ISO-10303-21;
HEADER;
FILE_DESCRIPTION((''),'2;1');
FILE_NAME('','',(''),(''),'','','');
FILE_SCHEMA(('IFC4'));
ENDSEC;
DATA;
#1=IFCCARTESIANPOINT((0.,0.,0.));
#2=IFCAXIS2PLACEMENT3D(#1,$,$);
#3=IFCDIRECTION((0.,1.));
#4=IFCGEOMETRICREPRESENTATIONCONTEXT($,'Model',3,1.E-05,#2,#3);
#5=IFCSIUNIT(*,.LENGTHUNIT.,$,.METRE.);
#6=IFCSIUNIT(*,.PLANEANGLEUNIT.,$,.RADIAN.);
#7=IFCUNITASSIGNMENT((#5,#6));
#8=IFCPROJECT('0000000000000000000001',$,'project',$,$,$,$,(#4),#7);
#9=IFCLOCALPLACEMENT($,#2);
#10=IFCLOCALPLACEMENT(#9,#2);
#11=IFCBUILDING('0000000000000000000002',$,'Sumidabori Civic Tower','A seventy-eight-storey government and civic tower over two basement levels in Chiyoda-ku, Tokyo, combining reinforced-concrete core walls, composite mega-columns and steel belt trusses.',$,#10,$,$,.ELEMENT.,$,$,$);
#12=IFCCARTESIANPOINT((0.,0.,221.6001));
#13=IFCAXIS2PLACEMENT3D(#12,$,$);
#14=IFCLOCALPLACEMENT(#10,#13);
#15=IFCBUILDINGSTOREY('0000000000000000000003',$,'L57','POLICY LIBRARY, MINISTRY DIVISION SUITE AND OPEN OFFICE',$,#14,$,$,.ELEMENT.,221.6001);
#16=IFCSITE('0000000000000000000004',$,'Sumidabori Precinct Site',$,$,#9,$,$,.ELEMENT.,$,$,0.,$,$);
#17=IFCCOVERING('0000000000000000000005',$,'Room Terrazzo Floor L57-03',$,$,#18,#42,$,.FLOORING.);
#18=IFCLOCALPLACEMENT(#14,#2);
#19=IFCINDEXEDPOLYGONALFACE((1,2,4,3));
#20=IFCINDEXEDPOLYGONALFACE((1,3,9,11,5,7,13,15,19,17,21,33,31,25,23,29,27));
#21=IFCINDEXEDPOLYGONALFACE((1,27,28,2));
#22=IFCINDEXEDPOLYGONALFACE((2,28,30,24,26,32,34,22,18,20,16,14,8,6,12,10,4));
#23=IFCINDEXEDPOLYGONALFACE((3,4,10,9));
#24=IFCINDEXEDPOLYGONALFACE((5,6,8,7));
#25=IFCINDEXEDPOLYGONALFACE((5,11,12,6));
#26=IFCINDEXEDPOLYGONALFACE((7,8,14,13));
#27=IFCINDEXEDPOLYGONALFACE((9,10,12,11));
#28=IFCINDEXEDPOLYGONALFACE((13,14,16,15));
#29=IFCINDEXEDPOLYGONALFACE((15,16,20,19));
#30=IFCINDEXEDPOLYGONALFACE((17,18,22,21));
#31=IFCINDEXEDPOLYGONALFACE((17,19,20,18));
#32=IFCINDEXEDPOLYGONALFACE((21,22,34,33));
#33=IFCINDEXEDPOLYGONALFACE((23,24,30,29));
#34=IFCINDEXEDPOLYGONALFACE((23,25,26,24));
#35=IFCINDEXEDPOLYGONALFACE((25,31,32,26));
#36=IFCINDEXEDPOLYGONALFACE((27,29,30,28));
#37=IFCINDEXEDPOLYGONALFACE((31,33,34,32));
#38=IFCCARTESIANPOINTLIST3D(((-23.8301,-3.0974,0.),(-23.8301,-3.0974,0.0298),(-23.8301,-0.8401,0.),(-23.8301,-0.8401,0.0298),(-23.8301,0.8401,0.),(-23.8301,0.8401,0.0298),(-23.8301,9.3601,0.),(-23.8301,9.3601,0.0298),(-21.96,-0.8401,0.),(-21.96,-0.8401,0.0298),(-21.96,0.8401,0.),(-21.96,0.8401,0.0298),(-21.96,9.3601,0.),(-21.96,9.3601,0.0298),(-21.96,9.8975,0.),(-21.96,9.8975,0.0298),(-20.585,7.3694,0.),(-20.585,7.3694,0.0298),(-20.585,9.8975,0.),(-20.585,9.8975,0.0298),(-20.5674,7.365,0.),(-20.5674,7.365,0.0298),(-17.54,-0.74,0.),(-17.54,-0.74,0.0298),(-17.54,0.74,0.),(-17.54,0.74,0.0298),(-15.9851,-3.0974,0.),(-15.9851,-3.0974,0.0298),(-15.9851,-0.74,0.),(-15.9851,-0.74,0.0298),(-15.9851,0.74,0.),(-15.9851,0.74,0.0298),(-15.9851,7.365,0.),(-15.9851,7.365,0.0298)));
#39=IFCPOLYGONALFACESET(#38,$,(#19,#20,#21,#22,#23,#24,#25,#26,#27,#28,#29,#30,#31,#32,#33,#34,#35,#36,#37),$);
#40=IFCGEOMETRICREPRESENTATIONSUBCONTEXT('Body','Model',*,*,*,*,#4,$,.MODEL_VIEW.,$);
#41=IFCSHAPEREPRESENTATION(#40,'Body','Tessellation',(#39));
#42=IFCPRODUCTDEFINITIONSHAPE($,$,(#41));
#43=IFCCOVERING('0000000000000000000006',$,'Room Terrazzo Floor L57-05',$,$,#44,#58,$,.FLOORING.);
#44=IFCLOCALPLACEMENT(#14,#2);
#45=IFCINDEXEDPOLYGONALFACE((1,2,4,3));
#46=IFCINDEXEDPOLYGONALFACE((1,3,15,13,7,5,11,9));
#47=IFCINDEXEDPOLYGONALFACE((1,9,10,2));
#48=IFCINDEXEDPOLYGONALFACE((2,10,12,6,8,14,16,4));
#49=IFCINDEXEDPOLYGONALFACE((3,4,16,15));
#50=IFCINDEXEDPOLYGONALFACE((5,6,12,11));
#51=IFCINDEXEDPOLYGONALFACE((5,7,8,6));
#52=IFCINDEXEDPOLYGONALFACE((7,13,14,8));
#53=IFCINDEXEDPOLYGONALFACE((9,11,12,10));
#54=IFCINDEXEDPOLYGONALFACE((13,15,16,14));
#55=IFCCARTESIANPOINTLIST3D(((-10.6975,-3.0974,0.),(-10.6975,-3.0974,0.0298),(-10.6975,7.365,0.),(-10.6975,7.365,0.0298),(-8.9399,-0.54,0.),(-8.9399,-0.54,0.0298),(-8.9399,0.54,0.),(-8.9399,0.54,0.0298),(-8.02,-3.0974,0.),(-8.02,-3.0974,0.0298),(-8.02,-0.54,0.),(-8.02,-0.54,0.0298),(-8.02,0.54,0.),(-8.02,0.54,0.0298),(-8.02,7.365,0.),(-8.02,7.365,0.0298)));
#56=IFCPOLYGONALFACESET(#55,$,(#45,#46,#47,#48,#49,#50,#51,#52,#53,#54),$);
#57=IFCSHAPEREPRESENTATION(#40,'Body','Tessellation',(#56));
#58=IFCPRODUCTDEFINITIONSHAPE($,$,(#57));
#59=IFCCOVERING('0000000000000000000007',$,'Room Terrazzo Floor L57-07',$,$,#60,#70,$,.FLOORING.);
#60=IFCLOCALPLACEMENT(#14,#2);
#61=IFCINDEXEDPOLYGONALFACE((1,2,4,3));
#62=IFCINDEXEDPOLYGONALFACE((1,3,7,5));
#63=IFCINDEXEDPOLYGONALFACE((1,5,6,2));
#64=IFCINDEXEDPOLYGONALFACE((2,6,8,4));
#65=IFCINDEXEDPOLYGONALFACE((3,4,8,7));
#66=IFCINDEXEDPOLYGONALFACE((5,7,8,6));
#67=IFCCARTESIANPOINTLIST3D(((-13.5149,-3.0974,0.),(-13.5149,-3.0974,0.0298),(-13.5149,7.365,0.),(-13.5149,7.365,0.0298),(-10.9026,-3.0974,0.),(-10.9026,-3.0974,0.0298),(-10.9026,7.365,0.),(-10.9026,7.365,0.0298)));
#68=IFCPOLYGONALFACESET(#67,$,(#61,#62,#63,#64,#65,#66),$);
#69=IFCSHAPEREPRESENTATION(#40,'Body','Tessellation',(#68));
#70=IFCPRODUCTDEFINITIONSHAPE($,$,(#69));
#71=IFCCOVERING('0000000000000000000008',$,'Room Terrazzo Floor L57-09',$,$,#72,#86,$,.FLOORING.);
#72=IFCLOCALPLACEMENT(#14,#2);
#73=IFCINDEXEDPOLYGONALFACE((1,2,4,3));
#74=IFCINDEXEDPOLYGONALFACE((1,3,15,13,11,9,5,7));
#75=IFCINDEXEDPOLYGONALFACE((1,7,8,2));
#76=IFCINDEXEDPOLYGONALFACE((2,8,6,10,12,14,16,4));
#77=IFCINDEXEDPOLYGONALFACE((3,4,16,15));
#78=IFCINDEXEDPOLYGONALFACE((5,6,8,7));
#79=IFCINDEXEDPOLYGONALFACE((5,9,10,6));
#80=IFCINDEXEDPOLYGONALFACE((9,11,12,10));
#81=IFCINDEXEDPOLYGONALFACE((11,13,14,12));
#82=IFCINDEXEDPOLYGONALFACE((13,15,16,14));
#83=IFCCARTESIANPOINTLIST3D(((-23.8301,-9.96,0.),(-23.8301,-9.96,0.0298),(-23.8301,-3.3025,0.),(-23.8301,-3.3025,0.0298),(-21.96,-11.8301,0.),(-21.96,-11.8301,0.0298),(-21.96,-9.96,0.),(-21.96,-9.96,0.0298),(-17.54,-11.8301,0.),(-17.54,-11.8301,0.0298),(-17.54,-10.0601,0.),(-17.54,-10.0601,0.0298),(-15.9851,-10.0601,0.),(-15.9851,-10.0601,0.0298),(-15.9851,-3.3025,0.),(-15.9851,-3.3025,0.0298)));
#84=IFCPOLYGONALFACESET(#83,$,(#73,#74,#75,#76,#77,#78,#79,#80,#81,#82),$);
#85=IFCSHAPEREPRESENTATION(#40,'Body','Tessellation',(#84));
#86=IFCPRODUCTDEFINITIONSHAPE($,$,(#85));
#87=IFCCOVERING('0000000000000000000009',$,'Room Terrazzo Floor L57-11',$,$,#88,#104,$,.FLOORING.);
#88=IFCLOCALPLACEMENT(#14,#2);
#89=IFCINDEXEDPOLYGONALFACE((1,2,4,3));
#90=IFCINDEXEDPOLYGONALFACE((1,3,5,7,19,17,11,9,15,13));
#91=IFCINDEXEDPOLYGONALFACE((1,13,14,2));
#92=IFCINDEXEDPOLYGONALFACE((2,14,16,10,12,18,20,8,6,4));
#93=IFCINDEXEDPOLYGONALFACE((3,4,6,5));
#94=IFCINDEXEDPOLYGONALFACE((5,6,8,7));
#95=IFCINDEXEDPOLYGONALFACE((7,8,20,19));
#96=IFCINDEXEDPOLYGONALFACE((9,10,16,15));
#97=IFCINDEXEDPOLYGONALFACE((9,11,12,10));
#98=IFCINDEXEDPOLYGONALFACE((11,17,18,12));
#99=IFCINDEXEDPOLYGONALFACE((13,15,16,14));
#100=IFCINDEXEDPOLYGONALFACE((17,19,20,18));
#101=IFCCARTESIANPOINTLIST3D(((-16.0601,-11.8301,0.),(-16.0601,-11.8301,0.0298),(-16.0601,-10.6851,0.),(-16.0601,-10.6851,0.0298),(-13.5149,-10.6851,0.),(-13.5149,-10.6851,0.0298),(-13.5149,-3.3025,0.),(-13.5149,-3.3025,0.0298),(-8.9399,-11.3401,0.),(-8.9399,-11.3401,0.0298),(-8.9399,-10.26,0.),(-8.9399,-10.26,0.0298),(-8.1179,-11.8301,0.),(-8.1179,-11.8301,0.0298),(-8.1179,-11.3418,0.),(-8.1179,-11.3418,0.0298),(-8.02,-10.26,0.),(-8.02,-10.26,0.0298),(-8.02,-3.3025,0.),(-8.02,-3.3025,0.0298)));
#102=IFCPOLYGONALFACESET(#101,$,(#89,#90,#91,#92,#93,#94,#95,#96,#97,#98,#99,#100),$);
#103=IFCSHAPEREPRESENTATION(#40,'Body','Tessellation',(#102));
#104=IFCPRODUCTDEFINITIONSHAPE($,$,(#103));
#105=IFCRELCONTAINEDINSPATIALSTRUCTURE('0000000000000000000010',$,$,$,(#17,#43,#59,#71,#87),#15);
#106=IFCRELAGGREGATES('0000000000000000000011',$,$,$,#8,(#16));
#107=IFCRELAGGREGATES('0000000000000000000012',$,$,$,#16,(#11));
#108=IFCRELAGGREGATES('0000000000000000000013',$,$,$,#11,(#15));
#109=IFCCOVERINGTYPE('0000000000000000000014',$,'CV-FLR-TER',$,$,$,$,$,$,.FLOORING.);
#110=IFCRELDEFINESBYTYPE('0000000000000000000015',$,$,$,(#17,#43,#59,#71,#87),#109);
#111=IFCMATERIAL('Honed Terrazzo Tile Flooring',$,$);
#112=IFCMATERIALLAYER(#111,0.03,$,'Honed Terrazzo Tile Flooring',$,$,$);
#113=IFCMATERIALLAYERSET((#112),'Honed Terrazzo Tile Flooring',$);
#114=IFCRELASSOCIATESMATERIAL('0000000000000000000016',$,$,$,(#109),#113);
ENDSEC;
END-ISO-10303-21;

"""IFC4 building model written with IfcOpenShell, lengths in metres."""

from ifc_helpers import new_model, si_unit, direction, frame, origin, place, context, subcontext, project, spatial, polyline, outline, extrude, material, layer, layer_set, type_object, element, save


model = new_model("IFC4")

# Units and contexts
model_context = context("Model", 3, precision=1e-05, world=origin(), true_north=direction((0.0, 1.0)))
body_context = subcontext(model_context, "Body", "Model", "MODEL_VIEW")
ifc_project = project(units=[si_unit("LENGTHUNIT", "METRE"), si_unit("PLANEANGLEUNIT", "RADIAN")], contexts=[model_context])

# Site, building, storey
site_placement = place(None, origin())
site = spatial("IfcSite", under=ifc_project, at=site_placement, Name="Sumidabori Precinct Site", CompositionType="ELEMENT", RefElevation=0.0)
building_placement = place(site_placement, origin())
building = spatial("IfcBuilding", under=site, at=building_placement, Name="Sumidabori Civic Tower", Description="A seventy-eight-storey government and civic tower over two basement levels in Chiyoda-ku, Tokyo, combining reinforced-concrete core walls, composite mega-columns and steel belt trusses.", CompositionType="ELEMENT")
storey_placement = place(building_placement, frame((0.0, 0.0, 221.6001)))
storey = spatial("IfcBuildingStorey", under=building, at=storey_placement, Name="L57", Description="POLICY LIBRARY, MINISTRY DIVISION SUITE AND OPEN OFFICE", CompositionType="ELEMENT", Elevation=221.6001)

# Coverings
ifc_material_1 = material(Name="Honed Terrazzo Tile Flooring")
ifc_layer_1 = layer(ifc_material_1, 0.03, Name="Honed Terrazzo Tile Flooring")
ifc_layer_set_1 = layer_set([ifc_layer_1], Name="Honed Terrazzo Tile Flooring")
covering_type_1 = type_object("IfcCoveringType", Name="CV-FLR-TER", PredefinedType="FLOORING", material=ifc_layer_set_1)
covering_1_placement = place(storey_placement, origin())
element("IfcCovering", 1, at=covering_1_placement, inside=storey, type_object=covering_type_1, Name="Room Terrazzo Floor L57-03", PredefinedType="FLOORING", context=body_context, shape_type="SweptSolid", body=[
    extrude(outline(polyline([(-20.5674, 7.365), (-15.9851, 7.365), (-15.9851, 0.74), (-17.54, 0.74), (-17.54, -0.74), (-15.9851, -0.74), (-15.9851, -3.0974), (-23.8301, -3.0974), (-23.8301, -0.8401), (-21.96, -0.8401), (-21.96, 0.8401), (-23.8301, 0.8401), (-23.8301, 9.3601), (-21.96, 9.3601), (-21.96, 9.8975), (-20.585, 9.8975), (-20.585, 7.3694), (-20.5674, 7.365)])), origin(), (0.0, 0.0, 1.0), 0.0298),
])
covering_2_placement = place(storey_placement, origin())
element("IfcCovering", 2, at=covering_2_placement, inside=storey, type_object=covering_type_1, Name="Room Terrazzo Floor L57-05", PredefinedType="FLOORING", context=body_context, shape_type="SweptSolid", body=[
    extrude(outline(polyline([(-10.6975, 7.365), (-8.02, 7.365), (-8.02, 0.54), (-8.9399, 0.54), (-8.9399, -0.54), (-8.02, -0.54), (-8.02, -3.0974), (-10.6975, -3.0974), (-10.6975, 7.365)])), origin(), (0.0, 0.0, 1.0), 0.0298),
])
covering_3_placement = place(storey_placement, origin())
element("IfcCovering", 3, at=covering_3_placement, inside=storey, type_object=covering_type_1, Name="Room Terrazzo Floor L57-07", PredefinedType="FLOORING", context=body_context, shape_type="SweptSolid", body=[
    extrude(outline(polyline([(-13.5149, 7.365), (-10.9026, 7.365), (-10.9026, -3.0974), (-13.5149, -3.0974), (-13.5149, 7.365)])), origin(), (0.0, 0.0, 1.0), 0.0298),
])
covering_4_placement = place(storey_placement, origin())
element("IfcCovering", 4, at=covering_4_placement, inside=storey, type_object=covering_type_1, Name="Room Terrazzo Floor L57-09", PredefinedType="FLOORING", context=body_context, shape_type="SweptSolid", body=[
    extrude(outline(polyline([(-23.8301, -3.3025), (-15.9851, -3.3025), (-15.9851, -10.0601), (-17.54, -10.0601), (-17.54, -11.8301), (-21.96, -11.8301), (-21.96, -9.96), (-23.8301, -9.96), (-23.8301, -3.3025)])), origin(), (0.0, 0.0, 1.0), 0.0298),
])
covering_5_placement = place(storey_placement, origin())
element("IfcCovering", 5, at=covering_5_placement, inside=storey, type_object=covering_type_1, Name="Room Terrazzo Floor L57-11", PredefinedType="FLOORING", context=body_context, shape_type="SweptSolid", body=[
    extrude(outline(polyline([(-16.0601, -10.6851), (-13.5149, -10.6851), (-13.5149, -3.3025), (-8.02, -3.3025), (-8.02, -10.26), (-8.9399, -10.26), (-8.9399, -11.3401), (-8.1179, -11.3418), (-8.1179, -11.8301), (-16.0601, -11.8301), (-16.0601, -10.6851)])), origin(), (0.0, 0.0, 1.0), 0.0298),
])

save(model, "model.ifc")
